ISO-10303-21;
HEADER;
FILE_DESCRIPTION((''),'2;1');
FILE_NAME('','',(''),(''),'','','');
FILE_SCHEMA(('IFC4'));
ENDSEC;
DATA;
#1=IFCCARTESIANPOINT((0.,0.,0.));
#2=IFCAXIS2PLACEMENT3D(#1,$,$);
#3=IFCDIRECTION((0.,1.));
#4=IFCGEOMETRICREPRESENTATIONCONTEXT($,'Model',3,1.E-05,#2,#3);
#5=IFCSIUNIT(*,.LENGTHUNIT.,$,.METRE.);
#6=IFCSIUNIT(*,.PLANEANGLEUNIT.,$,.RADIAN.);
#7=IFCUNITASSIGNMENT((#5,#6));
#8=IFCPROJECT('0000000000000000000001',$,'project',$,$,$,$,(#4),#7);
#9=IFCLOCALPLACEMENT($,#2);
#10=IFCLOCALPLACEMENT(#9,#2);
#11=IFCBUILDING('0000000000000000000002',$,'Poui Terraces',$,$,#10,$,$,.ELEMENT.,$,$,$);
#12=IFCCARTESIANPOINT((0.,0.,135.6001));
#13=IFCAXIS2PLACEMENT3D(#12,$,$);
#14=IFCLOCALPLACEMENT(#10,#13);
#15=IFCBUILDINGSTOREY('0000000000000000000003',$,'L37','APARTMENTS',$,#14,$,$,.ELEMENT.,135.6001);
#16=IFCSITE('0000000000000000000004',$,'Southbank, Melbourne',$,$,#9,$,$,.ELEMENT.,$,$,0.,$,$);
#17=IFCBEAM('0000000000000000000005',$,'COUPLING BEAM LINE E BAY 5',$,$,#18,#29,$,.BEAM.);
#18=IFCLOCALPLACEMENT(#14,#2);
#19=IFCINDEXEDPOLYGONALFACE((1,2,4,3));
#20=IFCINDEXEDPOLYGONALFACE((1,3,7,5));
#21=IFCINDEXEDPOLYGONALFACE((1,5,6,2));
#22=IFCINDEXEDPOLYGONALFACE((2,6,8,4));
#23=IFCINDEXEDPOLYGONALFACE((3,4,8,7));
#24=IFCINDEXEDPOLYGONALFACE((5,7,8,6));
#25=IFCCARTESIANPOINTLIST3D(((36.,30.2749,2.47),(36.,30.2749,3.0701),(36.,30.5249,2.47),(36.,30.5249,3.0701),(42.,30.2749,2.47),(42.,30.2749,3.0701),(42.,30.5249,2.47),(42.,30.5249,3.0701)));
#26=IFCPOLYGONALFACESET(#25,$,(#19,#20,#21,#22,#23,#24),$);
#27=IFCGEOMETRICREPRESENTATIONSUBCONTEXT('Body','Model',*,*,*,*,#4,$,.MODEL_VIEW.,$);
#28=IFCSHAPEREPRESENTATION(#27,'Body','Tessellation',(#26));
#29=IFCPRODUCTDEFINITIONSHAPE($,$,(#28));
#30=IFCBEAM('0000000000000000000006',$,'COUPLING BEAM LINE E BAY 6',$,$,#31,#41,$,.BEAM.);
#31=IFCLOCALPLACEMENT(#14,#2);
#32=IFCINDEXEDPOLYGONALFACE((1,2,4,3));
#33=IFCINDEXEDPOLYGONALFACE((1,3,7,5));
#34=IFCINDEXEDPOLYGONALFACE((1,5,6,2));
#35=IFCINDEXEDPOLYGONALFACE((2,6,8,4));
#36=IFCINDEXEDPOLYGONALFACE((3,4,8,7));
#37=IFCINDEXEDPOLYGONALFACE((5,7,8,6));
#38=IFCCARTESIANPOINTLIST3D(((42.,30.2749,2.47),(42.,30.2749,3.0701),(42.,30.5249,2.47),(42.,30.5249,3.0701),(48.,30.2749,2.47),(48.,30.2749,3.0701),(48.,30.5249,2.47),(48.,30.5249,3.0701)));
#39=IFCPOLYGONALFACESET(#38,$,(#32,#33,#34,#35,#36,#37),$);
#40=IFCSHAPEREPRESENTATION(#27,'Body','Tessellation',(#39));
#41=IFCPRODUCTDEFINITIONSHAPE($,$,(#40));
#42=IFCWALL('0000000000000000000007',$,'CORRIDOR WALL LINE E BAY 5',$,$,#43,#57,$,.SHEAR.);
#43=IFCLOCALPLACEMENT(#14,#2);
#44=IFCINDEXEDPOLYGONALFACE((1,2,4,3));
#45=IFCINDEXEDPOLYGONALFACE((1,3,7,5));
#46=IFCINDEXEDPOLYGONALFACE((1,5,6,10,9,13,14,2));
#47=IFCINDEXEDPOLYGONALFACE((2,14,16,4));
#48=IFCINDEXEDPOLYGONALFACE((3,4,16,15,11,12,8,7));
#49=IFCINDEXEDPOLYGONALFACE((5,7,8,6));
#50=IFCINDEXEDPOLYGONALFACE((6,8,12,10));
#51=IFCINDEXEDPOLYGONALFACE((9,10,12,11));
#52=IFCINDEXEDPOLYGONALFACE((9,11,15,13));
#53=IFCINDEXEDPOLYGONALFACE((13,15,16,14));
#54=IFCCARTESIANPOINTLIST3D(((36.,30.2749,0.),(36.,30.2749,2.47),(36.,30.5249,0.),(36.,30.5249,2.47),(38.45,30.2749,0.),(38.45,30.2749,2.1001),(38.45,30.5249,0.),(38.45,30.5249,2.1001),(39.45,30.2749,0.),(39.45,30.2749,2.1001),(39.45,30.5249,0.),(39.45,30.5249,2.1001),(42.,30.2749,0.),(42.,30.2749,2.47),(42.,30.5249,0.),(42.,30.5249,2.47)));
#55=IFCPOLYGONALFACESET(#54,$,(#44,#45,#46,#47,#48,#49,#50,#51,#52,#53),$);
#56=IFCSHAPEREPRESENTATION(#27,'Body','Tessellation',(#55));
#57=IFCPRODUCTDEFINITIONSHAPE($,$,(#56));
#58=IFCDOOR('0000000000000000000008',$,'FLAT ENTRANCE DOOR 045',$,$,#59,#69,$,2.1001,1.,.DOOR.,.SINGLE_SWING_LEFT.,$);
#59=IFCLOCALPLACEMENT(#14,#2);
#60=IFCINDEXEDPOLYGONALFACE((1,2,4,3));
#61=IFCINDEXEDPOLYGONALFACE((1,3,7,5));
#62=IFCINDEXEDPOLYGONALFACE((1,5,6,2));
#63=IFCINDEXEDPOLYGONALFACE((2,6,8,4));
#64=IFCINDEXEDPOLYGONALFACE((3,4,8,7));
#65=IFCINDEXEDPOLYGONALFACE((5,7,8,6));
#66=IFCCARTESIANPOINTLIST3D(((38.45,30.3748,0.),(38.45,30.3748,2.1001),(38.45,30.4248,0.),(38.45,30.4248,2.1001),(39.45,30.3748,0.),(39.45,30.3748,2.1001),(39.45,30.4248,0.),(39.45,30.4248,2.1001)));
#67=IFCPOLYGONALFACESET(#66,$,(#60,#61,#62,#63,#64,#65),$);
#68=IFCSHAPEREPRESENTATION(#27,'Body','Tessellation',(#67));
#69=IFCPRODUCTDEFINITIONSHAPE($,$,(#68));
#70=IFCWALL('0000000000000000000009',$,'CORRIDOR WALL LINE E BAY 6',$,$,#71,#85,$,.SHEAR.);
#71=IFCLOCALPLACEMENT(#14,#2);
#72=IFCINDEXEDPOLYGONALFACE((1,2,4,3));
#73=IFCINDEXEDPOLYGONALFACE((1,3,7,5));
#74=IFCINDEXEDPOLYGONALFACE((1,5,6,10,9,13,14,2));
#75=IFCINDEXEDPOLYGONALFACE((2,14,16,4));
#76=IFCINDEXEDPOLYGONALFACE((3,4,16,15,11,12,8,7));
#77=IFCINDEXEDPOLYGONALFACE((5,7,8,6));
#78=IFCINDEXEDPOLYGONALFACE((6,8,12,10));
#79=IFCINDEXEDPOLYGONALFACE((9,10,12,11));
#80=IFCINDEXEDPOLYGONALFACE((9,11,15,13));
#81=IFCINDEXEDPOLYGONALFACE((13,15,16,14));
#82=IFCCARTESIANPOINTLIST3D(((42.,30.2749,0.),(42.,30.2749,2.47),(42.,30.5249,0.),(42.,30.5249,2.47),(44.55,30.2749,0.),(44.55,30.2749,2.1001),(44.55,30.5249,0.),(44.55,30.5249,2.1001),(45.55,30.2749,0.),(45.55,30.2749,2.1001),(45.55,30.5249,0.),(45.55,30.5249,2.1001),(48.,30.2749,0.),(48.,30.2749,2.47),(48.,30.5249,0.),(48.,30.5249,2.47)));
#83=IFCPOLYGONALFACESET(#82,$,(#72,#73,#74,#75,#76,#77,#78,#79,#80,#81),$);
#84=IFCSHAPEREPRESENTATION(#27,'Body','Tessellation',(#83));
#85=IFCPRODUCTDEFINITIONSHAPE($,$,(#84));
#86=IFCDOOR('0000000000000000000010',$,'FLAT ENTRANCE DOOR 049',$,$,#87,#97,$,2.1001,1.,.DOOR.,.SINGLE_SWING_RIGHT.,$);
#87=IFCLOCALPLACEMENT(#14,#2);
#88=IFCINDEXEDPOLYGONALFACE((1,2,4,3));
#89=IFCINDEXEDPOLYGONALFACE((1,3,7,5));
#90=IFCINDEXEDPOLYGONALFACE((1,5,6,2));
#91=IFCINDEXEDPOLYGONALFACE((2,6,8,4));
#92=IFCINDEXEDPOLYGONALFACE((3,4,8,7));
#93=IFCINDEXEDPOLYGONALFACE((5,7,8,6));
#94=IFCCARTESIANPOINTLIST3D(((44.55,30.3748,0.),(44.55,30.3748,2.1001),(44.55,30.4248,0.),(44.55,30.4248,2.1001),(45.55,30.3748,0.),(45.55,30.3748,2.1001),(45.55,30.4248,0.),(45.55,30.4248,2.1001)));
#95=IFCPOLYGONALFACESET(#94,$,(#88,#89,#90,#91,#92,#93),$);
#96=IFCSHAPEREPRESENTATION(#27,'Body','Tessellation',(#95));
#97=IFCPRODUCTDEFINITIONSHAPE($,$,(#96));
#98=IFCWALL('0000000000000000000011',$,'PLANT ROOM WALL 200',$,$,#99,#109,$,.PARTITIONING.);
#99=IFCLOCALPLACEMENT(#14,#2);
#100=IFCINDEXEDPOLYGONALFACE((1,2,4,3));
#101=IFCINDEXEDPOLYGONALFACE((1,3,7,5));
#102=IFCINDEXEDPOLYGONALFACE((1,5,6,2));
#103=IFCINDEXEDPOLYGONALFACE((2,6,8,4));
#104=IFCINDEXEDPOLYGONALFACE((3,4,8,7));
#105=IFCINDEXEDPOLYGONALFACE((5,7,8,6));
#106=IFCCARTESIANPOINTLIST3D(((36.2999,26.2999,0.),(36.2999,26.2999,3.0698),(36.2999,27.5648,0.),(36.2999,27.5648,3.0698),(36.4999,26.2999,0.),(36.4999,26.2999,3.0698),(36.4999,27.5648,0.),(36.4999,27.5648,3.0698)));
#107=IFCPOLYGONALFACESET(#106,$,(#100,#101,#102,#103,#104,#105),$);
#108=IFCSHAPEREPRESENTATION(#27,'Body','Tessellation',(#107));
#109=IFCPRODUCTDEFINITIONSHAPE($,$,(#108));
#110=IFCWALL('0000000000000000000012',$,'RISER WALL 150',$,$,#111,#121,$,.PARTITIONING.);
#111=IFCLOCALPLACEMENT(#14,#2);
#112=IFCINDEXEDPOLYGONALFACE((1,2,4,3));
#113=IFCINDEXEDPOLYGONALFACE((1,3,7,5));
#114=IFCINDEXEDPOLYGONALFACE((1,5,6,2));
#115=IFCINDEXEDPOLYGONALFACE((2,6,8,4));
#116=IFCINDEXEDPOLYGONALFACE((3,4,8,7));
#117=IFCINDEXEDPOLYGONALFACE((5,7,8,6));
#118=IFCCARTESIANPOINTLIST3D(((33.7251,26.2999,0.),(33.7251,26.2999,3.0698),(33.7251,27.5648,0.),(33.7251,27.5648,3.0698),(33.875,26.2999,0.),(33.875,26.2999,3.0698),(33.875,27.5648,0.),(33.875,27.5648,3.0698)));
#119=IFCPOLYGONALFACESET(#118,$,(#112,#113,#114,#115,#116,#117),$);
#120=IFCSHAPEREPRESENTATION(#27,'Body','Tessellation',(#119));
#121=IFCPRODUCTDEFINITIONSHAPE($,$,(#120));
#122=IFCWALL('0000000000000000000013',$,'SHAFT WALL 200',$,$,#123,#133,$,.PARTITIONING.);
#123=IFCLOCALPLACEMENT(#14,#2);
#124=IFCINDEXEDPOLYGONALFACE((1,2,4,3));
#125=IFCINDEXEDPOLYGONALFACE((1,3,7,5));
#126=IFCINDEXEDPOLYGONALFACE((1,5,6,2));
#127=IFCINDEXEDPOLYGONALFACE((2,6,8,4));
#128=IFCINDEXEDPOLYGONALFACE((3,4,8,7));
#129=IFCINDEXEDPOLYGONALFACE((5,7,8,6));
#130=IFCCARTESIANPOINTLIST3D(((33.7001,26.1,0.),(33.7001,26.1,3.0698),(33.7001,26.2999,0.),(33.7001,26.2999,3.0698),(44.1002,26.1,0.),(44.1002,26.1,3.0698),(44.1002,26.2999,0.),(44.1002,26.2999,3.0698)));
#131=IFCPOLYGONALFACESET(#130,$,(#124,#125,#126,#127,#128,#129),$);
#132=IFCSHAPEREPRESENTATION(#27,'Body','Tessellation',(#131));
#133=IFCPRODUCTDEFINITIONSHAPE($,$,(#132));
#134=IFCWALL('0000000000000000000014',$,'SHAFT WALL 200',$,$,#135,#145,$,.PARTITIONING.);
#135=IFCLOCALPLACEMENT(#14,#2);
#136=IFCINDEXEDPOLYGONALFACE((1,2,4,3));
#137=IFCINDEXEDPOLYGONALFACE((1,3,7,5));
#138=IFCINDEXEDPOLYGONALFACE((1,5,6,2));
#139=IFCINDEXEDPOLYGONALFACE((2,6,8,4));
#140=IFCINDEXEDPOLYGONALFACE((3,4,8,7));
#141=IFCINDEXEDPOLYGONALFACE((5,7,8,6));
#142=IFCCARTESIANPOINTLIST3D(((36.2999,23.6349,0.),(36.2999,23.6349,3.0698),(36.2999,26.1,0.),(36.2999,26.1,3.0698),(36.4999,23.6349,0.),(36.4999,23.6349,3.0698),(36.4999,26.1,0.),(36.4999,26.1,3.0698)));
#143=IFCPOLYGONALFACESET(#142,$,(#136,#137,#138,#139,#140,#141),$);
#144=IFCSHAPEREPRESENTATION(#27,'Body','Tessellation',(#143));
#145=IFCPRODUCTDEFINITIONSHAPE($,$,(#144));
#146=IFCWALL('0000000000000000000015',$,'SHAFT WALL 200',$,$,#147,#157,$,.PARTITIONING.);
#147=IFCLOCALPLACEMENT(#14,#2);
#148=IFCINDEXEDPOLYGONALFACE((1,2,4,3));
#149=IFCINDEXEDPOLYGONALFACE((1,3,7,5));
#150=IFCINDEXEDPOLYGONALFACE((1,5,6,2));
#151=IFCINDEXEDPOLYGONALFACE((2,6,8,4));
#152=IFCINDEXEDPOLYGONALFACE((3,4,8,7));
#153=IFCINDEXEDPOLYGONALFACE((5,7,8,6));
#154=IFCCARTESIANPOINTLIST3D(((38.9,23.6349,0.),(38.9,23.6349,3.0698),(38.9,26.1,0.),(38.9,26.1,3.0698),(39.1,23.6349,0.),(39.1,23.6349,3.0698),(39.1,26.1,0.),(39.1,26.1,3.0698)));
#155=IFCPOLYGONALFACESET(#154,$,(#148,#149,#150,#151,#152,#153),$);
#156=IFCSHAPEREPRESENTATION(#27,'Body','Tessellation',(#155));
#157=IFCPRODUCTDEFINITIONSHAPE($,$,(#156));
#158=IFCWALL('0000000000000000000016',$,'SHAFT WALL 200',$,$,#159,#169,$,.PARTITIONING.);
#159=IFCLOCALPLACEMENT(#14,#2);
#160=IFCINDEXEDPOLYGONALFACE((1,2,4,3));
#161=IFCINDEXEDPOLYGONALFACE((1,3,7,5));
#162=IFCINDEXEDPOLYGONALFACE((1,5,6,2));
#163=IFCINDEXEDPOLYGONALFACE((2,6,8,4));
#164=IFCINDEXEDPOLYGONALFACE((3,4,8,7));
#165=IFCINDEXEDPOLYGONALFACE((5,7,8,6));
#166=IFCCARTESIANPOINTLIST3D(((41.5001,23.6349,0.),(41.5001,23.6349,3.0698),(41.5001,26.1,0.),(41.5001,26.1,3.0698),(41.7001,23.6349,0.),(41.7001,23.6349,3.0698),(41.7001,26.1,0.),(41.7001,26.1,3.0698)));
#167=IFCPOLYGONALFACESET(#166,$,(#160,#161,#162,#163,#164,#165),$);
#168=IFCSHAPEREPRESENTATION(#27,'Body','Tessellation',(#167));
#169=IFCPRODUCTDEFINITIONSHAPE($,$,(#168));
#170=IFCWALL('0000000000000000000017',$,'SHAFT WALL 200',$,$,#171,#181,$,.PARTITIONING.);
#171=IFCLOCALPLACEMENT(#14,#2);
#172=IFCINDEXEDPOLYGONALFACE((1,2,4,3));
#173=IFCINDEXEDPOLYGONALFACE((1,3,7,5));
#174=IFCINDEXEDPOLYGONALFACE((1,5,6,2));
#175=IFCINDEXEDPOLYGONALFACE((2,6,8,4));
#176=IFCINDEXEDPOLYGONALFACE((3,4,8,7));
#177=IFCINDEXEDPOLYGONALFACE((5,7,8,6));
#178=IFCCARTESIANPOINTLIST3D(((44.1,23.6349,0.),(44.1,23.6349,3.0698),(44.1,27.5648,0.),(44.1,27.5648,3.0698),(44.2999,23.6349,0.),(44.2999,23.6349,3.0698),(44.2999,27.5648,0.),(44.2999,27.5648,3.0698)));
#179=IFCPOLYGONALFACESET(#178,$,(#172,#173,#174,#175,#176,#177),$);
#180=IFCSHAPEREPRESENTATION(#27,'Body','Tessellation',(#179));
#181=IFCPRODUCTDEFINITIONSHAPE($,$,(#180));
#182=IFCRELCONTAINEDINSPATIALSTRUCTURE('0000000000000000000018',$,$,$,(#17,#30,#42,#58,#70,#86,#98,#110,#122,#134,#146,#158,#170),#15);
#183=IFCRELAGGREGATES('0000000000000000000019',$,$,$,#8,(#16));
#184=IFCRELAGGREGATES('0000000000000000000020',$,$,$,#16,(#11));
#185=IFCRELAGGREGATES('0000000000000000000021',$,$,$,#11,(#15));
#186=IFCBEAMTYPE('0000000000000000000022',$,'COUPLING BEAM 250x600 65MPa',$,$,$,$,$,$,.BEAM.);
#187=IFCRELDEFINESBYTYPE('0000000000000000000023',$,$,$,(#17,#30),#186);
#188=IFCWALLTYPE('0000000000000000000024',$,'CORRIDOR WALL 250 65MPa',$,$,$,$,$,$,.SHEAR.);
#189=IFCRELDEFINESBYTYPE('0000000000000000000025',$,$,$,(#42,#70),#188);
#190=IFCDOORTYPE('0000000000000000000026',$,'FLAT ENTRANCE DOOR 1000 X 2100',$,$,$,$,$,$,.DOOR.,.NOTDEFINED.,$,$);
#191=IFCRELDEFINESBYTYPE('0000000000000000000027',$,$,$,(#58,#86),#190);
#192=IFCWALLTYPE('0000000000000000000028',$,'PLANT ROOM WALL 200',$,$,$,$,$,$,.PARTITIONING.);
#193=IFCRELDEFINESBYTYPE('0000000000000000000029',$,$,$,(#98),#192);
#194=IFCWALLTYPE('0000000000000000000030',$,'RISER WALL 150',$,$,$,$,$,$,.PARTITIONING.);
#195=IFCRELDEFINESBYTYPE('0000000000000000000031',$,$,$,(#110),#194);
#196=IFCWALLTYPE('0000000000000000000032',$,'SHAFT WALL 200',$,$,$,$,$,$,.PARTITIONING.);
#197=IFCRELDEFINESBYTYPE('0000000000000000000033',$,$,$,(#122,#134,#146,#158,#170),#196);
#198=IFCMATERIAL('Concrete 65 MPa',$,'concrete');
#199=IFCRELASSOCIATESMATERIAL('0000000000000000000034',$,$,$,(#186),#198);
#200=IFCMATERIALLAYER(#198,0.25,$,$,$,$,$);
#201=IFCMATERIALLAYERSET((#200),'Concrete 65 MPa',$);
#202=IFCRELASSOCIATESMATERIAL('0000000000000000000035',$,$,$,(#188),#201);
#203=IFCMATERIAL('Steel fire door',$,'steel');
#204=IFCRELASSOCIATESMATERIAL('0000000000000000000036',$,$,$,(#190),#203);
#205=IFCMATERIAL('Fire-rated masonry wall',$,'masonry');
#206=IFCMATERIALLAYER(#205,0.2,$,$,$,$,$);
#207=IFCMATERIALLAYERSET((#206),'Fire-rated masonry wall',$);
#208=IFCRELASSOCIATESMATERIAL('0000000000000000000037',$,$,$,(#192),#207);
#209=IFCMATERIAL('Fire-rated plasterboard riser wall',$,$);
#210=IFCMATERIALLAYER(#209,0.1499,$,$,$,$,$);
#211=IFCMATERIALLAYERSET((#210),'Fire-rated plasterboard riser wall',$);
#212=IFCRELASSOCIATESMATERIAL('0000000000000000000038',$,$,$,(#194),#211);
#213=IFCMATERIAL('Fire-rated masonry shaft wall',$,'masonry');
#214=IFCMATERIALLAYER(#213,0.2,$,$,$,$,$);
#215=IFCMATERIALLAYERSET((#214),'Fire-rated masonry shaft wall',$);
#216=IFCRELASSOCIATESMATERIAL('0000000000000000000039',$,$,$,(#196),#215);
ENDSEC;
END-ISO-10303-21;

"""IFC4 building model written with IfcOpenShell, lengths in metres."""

from ifc_helpers import new_model, si_unit, direction, frame, frame_2d, origin, origin_2d, place, context, subcontext, project, spatial, rectangle, extrude, source, transform, mapped, material, layer, layer_set, material_profile, profile_set, type_object, element, fill, save


model = new_model("IFC4")

# Units and contexts
model_context = context("Model", 3, precision=1e-05, world=origin(), true_north=direction((0.0, 1.0)))
body_context = subcontext(model_context, "Body", "Model", "MODEL_VIEW")
ifc_project = project(units=[si_unit("LENGTHUNIT", "METRE"), si_unit("PLANEANGLEUNIT", "RADIAN")], contexts=[model_context])

# Site, building, storey
site_placement = place(None, origin())
site = spatial("IfcSite", under=ifc_project, at=site_placement, Name="Southbank, Melbourne", CompositionType="ELEMENT", RefElevation=0.0)
building_placement = place(site_placement, origin())
building = spatial("IfcBuilding", under=site, at=building_placement, Name="Poui Terraces", CompositionType="ELEMENT")
storey_placement = place(building_placement, frame((0.0, 0.0, 135.6001)))
storey = spatial("IfcBuildingStorey", under=building, at=storey_placement, Name="L37", Description="APARTMENTS", CompositionType="ELEMENT", Elevation=135.6001)

# Beams
ifc_material_1 = material(Name="Concrete 65 MPa", Category="concrete")
ifc_material_profile = material_profile(ifc_material_1, rectangle(XDim=0.25, YDim=0.6001, at=origin_2d()), Name="RC 250x600")
ifc_profile_set = profile_set([ifc_material_profile], Name="Concrete 65 MPa")
beam_type = type_object("IfcBeamType", Name="COUPLING BEAM 250x600 65MPa", PredefinedType="BEAM", material=ifc_profile_set)
shared_shape = source(origin(), body_context, "Body", "SweptSolid", [
    extrude(rectangle(XDim=0.25, YDim=0.6001, at=origin_2d()), origin(), (0.0, 0.0, 1.0), 6.0),
])
for number, where, z_axis, x_axis, name in (
    (1, (36.0, 30.3999, 2.77), (1.0, 0.0, 0.0), (0.0, 1.0, 0.0), "COUPLING BEAM LINE E BAY 5"),
    (2, (42.0, 30.3999, 2.77), (1.0, 0.0, 0.0), (0.0, 1.0, 0.0), "COUPLING BEAM LINE E BAY 6"),
):
    element("IfcBeam", number, at=place(storey_placement, frame(where, z_axis=z_axis, x_axis=x_axis)), inside=storey, type_object=beam_type, Name=name, PredefinedType="BEAM", context=body_context, shape_type="MappedRepresentation", body=[
        mapped(shared_shape, transform((0.0, 0.0, 0.0))),
    ])

# Walls, openings, doors
ifc_layer_1 = layer(ifc_material_1, 0.25)
ifc_layer_set_1 = layer_set([ifc_layer_1], Name="Concrete 65 MPa")
wall_type_1 = type_object("IfcWallType", Name="CORRIDOR WALL 250 65MPa", PredefinedType="SHEAR", material=ifc_layer_set_1)
wall_1_placement = place(storey_placement, frame((36.0, 30.3999, 0.0), z_axis=(0.0, 0.0, 1.0), x_axis=(1.0, 0.0, 0.0)))
wall_1 = element("IfcWall", 3, at=wall_1_placement, inside=storey, type_object=wall_type_1, Name="CORRIDOR WALL LINE E BAY 5", PredefinedType="SHEAR", context=body_context, shape_type="SweptSolid", body=[
    extrude(rectangle(XDim=6.0, YDim=0.25, at=frame_2d((3.0, 0.0))), origin(), (0.0, 0.0, 1.0), 2.47),
])
opening_1_placement = place(wall_1_placement, frame((2.45, 0.0, 0.0)))
opening_1 = element("IfcOpeningElement", 4, at=opening_1_placement, cuts=wall_1, PredefinedType="OPENING", context=body_context, shape_type="SweptSolid", body=[
    extrude(rectangle(XDim=1.0, YDim=2.1001, at=frame_2d((0.5, 1.05))), frame((0.0, 0.135, 0.0), z_axis=(0.0, -1.0, 0.0), x_axis=(1.0, 0.0, 0.0)), (0.0, 0.0, 1.0), 0.27),
])
ifc_material_2 = material(Name="Steel fire door", Category="steel")
door_type = type_object("IfcDoorType", Name="FLAT ENTRANCE DOOR 1000 X 2100", OperationType="NOTDEFINED", PredefinedType="DOOR", material=ifc_material_2)
door_1_placement = place(opening_1_placement, origin())
door_1 = element("IfcDoor", 5, at=door_1_placement, inside=storey, type_object=door_type, Name="FLAT ENTRANCE DOOR 045", OperationType="SINGLE_SWING_LEFT", OverallHeight=2.1001, OverallWidth=1.0, PredefinedType="DOOR", context=body_context, shape_type="SweptSolid", body=[
    extrude(rectangle(XDim=1.0, YDim=2.1001, at=frame_2d((0.5, 1.05))), frame((0.0, 0.0249, 0.0), z_axis=(0.0, -1.0, 0.0), x_axis=(1.0, 0.0, 0.0)), (0.0, 0.0, 1.0), 0.05),
])
fill(opening_1, door_1)
wall_2_placement = place(storey_placement, frame((42.0, 30.3999, 0.0), z_axis=(0.0, 0.0, 1.0), x_axis=(1.0, 0.0, 0.0)))
wall_2 = element("IfcWall", 6, at=wall_2_placement, inside=storey, type_object=wall_type_1, Name="CORRIDOR WALL LINE E BAY 6", PredefinedType="SHEAR", context=body_context, shape_type="SweptSolid", body=[
    extrude(rectangle(XDim=6.0, YDim=0.25, at=frame_2d((3.0, 0.0))), origin(), (0.0, 0.0, 1.0), 2.47),
])
opening_2_placement = place(wall_2_placement, frame((2.55, 0.0, 0.0)))
opening_2 = element("IfcOpeningElement", 7, at=opening_2_placement, cuts=wall_2, PredefinedType="OPENING", context=body_context, shape_type="SweptSolid", body=[
    extrude(rectangle(XDim=1.0, YDim=2.1001, at=frame_2d((0.5, 1.05))), frame((0.0, 0.135, 0.0), z_axis=(0.0, -1.0, 0.0), x_axis=(1.0, 0.0, 0.0)), (0.0, 0.0, 1.0), 0.27),
])
door_2_placement = place(opening_2_placement, origin())
door_2 = element("IfcDoor", 8, at=door_2_placement, inside=storey, type_object=door_type, Name="FLAT ENTRANCE DOOR 049", OperationType="SINGLE_SWING_RIGHT", OverallHeight=2.1001, OverallWidth=1.0, PredefinedType="DOOR", context=body_context, shape_type="SweptSolid", body=[
    extrude(rectangle(XDim=1.0, YDim=2.1001, at=frame_2d((0.5, 1.05))), frame((0.0, 0.0249, 0.0), z_axis=(0.0, -1.0, 0.0), x_axis=(1.0, 0.0, 0.0)), (0.0, 0.0, 1.0), 0.05),
])
fill(opening_2, door_2)

# Walls
ifc_material_3 = material(Name="Fire-rated masonry wall", Category="masonry")
ifc_layer_2 = layer(ifc_material_3, 0.2)
ifc_layer_set_2 = layer_set([ifc_layer_2], Name="Fire-rated masonry wall")
wall_type_2 = type_object("IfcWallType", Name="PLANT ROOM WALL 200", PredefinedType="PARTITIONING", material=ifc_layer_set_2)
wall_3_placement = place(storey_placement, frame((36.3999, 26.3, 0.0), z_axis=(0.0, 0.0, 1.0), x_axis=(0.0, 1.0, 0.0)))
element("IfcWall", 9, at=wall_3_placement, inside=storey, type_object=wall_type_2, Name="PLANT ROOM WALL 200", PredefinedType="PARTITIONING", context=body_context, shape_type="SweptSolid", body=[
    extrude(rectangle(XDim=1.2649, YDim=0.2, at=frame_2d((0.6323, 0.0))), origin(), (0.0, 0.0, 1.0), 3.0698),
])
ifc_material_4 = material(Name="Fire-rated plasterboard riser wall")
ifc_layer_3 = layer(ifc_material_4, 0.1499)
ifc_layer_set_3 = layer_set([ifc_layer_3], Name="Fire-rated plasterboard riser wall")
wall_type_3 = type_object("IfcWallType", Name="RISER WALL 150", PredefinedType="PARTITIONING", material=ifc_layer_set_3)
wall_4_placement = place(storey_placement, frame((33.8, 26.3, 0.0), z_axis=(0.0, 0.0, 1.0), x_axis=(0.0, 1.0, 0.0)))
element("IfcWall", 10, at=wall_4_placement, inside=storey, type_object=wall_type_3, Name="RISER WALL 150", PredefinedType="PARTITIONING", context=body_context, shape_type="SweptSolid", body=[
    extrude(rectangle(XDim=1.2649, YDim=0.1499, at=frame_2d((0.6323, 0.0))), origin(), (0.0, 0.0, 1.0), 3.0698),
])
ifc_material_5 = material(Name="Fire-rated masonry shaft wall", Category="masonry")
ifc_layer_4 = layer(ifc_material_5, 0.2)
ifc_layer_set_4 = layer_set([ifc_layer_4], Name="Fire-rated masonry shaft wall")
wall_type_4 = type_object("IfcWallType", Name="SHAFT WALL 200", PredefinedType="PARTITIONING", material=ifc_layer_set_4)
wall_5_placement = place(storey_placement, frame((33.7, 26.2, 0.0), z_axis=(0.0, 0.0, 1.0), x_axis=(1.0, 0.0, 0.0)))
element("IfcWall", 11, at=wall_5_placement, inside=storey, type_object=wall_type_4, Name="SHAFT WALL 200", PredefinedType="PARTITIONING", context=body_context, shape_type="SweptSolid", body=[
    extrude(rectangle(XDim=10.4001, YDim=0.2, at=frame_2d((5.2002, 0.0))), origin(), (0.0, 0.0, 1.0), 3.0698),
])
for number, where, z_axis, x_axis, name in (
    (12, (36.3999, 23.635, 0.0), (0.0, 0.0, 1.0), (0.0, 1.0, 0.0), "SHAFT WALL 200"),
    (13, (39.0, 23.635, 0.0), (0.0, 0.0, 1.0), (0.0, 1.0, 0.0), "SHAFT WALL 200"),
    (14, (41.6001, 23.635, 0.0), (0.0, 0.0, 1.0), (0.0, 1.0, 0.0), "SHAFT WALL 200"),
):
    element("IfcWall", number, at=place(storey_placement, frame(where, z_axis=z_axis, x_axis=x_axis)), inside=storey, type_object=wall_type_4, Name=name, PredefinedType="PARTITIONING", context=body_context, shape_type="SweptSolid", body=[
        extrude(rectangle(XDim=2.4651, YDim=0.2, at=frame_2d((1.2324, 0.0))), origin(), (0.0, 0.0, 1.0), 3.0698),
    ])
wall_6_placement = place(storey_placement, frame((44.2, 23.635, 0.0), z_axis=(0.0, 0.0, 1.0), x_axis=(0.0, 1.0, 0.0)))
element("IfcWall", 15, at=wall_6_placement, inside=storey, type_object=wall_type_4, Name="SHAFT WALL 200", PredefinedType="PARTITIONING", context=body_context, shape_type="SweptSolid", body=[
    extrude(rectangle(XDim=3.9299, YDim=0.2, at=frame_2d((1.9648, 0.0))), origin(), (0.0, 0.0, 1.0), 3.0698),
])

save(model, "model.ifc")
